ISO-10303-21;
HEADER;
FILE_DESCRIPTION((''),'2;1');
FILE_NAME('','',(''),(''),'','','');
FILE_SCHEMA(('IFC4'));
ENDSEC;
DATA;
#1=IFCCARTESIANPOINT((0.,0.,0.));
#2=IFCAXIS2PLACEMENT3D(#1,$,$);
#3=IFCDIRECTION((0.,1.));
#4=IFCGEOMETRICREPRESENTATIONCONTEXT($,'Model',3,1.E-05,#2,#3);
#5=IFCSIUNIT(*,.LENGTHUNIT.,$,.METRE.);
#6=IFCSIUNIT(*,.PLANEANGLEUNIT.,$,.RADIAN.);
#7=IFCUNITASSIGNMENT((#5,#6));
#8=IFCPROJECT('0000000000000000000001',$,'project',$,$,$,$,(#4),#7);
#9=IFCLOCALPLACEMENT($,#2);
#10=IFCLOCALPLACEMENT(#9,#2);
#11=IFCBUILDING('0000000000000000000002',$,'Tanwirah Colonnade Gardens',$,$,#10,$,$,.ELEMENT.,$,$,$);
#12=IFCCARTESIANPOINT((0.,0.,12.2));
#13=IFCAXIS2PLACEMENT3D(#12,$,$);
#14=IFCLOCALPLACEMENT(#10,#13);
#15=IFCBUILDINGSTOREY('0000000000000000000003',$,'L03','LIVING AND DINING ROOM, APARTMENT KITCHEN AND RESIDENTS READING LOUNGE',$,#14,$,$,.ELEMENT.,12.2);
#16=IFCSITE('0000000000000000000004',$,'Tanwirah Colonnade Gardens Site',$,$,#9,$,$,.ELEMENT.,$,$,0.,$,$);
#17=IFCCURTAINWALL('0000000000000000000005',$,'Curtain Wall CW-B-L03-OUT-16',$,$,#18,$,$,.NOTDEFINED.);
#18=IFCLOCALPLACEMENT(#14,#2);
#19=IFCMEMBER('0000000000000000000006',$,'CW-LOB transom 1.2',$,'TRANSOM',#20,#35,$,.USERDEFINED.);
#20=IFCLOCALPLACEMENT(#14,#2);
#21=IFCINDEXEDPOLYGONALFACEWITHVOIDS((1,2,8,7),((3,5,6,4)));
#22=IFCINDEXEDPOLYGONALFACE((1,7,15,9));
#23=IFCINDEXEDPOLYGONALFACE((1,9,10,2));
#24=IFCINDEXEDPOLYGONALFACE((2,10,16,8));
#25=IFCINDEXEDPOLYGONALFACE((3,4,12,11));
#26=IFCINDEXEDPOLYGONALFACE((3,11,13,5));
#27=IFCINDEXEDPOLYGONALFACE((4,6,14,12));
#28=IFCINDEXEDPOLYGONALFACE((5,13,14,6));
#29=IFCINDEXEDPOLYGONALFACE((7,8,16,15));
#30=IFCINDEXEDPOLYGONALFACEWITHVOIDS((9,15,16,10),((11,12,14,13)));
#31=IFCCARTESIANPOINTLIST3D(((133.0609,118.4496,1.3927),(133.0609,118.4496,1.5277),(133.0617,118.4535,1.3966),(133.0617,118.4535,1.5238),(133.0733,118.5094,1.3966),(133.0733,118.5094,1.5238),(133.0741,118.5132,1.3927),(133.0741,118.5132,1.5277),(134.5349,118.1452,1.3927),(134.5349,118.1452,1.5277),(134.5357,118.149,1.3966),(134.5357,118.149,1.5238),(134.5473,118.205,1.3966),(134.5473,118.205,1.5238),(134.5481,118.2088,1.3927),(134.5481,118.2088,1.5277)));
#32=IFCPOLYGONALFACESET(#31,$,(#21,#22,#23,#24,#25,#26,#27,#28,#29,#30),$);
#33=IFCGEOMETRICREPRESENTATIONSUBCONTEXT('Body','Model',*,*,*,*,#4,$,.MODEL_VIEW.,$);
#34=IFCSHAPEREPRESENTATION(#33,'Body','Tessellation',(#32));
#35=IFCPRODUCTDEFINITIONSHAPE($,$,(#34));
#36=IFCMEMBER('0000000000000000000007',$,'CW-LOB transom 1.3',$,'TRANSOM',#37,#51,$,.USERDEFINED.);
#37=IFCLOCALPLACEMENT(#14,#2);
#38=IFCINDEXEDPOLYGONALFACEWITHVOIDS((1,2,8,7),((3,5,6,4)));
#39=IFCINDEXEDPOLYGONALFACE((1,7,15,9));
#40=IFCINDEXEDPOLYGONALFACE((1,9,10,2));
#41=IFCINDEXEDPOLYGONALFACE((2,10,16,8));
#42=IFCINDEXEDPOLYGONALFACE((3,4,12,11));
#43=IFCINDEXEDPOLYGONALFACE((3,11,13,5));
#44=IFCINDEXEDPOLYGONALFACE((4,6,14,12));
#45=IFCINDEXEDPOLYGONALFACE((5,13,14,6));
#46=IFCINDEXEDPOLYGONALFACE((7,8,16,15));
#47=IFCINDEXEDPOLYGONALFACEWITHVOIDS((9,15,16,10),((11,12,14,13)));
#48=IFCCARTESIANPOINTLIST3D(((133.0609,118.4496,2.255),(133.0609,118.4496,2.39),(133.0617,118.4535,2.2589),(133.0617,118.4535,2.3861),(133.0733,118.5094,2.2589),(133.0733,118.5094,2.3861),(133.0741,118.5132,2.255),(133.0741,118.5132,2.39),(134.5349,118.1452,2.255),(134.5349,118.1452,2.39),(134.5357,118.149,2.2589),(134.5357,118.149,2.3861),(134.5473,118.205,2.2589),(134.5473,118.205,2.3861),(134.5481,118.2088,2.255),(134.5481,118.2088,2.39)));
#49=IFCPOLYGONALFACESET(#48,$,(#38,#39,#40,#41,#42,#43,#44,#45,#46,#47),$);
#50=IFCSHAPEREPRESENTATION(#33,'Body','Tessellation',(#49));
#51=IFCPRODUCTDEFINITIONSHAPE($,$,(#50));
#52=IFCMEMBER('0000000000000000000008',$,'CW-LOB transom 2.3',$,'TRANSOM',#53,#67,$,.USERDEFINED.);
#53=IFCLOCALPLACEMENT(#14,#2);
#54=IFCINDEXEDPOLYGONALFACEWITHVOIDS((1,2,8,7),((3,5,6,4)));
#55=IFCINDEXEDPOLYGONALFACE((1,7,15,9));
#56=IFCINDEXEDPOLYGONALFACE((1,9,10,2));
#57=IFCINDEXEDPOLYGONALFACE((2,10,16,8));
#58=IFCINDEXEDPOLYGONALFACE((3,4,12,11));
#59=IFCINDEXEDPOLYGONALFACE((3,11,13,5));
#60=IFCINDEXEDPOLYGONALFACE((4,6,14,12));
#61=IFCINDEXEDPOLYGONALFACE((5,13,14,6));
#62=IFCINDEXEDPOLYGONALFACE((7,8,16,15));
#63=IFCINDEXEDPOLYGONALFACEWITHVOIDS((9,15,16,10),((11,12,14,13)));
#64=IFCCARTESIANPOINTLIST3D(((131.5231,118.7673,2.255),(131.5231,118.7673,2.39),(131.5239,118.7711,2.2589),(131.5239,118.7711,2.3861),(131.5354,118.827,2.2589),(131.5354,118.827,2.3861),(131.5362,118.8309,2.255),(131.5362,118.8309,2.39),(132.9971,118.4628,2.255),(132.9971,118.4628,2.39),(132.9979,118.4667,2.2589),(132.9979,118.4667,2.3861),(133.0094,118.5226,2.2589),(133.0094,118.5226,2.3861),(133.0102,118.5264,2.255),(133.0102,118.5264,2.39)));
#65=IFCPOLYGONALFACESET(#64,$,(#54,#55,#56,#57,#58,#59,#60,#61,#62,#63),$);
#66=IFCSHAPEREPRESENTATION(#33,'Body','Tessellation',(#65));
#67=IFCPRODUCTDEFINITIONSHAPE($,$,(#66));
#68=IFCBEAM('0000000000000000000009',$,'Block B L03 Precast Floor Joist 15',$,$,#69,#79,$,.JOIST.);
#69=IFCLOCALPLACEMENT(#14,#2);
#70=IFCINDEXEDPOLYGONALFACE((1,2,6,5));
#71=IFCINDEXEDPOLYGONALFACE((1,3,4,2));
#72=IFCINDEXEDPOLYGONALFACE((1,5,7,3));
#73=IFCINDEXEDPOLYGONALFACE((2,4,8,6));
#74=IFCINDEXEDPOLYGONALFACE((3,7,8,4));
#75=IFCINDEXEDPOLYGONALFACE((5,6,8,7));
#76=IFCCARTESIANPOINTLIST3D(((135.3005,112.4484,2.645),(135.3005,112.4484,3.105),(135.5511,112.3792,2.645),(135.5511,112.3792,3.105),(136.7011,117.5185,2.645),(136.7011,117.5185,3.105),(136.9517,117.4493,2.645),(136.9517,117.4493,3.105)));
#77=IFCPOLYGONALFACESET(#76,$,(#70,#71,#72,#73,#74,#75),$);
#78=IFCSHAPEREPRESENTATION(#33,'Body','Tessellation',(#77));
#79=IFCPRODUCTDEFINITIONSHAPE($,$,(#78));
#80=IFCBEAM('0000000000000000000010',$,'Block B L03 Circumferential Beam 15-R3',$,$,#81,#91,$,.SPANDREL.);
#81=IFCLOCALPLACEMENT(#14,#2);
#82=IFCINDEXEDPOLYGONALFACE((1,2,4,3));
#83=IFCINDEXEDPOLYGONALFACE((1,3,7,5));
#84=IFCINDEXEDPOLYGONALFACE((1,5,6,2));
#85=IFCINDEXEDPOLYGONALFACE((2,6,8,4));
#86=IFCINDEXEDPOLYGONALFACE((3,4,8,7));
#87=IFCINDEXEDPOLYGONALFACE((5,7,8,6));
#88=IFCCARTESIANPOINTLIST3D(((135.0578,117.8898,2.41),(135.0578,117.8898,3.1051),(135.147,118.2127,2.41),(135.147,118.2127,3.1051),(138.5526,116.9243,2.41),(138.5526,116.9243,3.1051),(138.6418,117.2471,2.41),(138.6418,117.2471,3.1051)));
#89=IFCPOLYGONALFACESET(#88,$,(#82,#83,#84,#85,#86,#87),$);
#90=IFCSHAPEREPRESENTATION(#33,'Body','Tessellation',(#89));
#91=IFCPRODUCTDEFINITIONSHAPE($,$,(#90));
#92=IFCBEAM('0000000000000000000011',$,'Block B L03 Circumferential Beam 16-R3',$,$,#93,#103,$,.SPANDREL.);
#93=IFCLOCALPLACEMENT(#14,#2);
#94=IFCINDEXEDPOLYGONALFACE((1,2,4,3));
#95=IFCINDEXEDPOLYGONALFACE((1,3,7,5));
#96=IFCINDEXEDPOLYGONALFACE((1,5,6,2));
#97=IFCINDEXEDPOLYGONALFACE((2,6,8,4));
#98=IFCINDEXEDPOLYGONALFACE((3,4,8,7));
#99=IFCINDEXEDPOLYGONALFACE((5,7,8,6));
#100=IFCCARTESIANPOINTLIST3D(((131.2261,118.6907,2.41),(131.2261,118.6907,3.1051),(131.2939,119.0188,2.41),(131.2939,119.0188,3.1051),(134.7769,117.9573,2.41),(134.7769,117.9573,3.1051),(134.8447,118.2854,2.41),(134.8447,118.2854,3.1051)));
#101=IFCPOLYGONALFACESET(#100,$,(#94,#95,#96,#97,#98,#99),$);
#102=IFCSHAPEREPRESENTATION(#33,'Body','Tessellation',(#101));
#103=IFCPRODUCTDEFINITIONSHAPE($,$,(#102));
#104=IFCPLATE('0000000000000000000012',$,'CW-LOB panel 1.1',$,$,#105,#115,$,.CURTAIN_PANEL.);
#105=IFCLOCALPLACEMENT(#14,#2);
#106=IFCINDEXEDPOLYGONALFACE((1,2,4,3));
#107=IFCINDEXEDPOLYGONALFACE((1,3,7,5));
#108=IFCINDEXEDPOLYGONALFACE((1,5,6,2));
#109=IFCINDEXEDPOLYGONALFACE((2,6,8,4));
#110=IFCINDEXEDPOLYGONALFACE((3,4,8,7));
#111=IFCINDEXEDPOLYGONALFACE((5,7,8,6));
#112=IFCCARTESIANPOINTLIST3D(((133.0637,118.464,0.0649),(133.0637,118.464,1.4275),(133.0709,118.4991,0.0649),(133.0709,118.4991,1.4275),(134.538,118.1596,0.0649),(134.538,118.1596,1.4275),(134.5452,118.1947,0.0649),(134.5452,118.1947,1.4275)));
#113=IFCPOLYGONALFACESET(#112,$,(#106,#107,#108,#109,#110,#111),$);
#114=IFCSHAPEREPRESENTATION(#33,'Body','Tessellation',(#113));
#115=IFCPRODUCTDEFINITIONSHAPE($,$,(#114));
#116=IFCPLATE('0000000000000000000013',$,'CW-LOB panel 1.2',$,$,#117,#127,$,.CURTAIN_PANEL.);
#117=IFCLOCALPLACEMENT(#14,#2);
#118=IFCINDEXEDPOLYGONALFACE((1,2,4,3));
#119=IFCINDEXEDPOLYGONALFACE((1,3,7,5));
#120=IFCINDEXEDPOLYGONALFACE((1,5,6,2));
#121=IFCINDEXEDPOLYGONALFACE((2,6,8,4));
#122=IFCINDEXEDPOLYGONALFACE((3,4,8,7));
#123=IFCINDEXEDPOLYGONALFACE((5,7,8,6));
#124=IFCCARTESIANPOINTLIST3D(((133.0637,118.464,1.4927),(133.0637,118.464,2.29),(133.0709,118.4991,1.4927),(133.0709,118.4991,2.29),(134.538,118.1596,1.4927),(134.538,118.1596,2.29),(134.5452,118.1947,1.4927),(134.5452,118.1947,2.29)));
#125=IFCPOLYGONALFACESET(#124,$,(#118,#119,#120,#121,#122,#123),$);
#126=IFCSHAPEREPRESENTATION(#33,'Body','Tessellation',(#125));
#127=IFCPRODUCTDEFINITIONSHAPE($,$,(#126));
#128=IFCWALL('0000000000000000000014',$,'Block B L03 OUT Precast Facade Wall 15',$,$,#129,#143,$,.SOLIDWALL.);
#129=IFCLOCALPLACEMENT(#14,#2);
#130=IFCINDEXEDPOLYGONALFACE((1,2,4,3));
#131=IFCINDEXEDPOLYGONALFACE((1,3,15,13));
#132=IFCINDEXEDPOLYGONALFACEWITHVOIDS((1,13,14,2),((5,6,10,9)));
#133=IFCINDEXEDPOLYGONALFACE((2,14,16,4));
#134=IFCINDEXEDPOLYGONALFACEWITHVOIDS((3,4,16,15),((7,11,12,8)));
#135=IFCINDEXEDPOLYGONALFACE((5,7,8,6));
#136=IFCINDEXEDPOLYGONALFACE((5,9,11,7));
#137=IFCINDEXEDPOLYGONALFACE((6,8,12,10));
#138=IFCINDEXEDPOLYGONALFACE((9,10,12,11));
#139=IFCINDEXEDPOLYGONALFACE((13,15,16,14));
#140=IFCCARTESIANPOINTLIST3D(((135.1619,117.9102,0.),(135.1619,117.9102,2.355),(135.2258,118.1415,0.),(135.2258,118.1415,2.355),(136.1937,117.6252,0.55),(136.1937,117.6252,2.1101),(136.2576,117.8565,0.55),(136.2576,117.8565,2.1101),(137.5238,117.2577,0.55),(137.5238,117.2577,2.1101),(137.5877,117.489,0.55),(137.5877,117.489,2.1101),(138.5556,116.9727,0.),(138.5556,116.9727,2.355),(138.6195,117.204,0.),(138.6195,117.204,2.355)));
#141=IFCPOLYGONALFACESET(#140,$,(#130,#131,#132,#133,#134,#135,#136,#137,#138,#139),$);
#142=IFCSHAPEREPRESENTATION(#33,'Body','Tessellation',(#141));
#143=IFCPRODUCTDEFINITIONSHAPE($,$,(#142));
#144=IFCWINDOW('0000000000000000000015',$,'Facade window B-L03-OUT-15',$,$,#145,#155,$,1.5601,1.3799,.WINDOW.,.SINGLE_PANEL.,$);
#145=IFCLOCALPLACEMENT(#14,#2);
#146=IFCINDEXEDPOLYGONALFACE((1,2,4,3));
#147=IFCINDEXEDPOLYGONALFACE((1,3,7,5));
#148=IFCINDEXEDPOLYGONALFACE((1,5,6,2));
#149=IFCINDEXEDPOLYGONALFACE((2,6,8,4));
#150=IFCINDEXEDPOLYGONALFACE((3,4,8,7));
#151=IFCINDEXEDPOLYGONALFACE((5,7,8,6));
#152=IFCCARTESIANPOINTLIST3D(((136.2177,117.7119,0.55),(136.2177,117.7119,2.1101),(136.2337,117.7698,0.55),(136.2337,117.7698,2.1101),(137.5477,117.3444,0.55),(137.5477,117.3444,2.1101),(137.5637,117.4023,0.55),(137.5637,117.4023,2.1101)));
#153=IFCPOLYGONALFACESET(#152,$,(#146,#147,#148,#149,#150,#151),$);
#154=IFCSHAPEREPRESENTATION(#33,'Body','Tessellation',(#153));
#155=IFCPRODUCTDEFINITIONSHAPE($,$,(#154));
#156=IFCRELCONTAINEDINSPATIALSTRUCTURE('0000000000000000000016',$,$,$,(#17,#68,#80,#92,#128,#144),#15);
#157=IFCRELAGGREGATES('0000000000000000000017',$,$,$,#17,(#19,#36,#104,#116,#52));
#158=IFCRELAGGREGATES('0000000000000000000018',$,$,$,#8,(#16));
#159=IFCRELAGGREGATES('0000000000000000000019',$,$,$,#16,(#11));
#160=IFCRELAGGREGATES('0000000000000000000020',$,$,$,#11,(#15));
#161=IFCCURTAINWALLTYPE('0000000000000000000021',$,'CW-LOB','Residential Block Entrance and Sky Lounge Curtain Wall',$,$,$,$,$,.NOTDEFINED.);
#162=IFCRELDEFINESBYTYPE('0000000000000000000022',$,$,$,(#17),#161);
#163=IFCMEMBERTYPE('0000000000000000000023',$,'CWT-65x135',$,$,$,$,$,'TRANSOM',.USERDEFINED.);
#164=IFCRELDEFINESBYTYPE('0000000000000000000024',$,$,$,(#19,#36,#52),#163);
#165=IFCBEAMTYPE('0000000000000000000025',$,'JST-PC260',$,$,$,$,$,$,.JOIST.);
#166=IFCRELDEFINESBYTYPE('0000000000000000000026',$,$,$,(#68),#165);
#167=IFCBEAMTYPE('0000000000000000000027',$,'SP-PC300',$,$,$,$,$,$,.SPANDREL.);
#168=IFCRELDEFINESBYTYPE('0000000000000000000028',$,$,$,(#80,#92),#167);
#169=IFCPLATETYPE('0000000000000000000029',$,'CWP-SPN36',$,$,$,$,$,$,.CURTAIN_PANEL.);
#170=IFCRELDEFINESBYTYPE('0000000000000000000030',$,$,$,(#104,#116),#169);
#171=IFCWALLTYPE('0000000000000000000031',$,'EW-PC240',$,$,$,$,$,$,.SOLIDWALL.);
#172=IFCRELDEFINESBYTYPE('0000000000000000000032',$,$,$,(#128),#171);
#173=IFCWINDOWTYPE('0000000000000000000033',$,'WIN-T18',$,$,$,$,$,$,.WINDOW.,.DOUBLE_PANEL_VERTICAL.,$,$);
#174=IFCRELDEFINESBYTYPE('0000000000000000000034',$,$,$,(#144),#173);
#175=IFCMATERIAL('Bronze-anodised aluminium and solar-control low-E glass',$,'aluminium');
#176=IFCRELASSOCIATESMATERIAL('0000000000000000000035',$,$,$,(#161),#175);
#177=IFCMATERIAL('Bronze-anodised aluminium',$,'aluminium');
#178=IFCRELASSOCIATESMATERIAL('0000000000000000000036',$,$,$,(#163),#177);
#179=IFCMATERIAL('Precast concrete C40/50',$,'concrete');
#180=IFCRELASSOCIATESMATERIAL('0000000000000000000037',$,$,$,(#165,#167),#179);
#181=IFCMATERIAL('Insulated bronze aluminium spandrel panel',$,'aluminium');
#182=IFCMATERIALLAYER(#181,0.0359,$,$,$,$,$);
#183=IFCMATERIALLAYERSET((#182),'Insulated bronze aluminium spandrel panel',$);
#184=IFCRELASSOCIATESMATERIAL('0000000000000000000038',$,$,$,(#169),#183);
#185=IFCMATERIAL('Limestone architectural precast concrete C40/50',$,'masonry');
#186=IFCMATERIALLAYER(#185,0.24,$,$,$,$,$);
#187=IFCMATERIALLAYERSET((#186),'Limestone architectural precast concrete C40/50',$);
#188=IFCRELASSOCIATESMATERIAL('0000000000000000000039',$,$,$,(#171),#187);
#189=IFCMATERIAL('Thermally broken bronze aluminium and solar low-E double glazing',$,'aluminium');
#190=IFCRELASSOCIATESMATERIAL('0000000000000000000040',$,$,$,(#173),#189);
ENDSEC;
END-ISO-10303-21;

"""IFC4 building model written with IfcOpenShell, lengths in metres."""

from ifc_helpers import new_model, si_unit, direction, frame, frame_2d, origin, origin_2d, place, context, subcontext, project, spatial, rectangle, hollow_rectangle, extrude, material, layer, layer_set, material_profile, profile_set, type_object, element, fill, aggregate, save


model = new_model("IFC4")

# Units and contexts
model_context = context("Model", 3, precision=1e-05, world=origin(), true_north=direction((0.0, 1.0)))
body_context = subcontext(model_context, "Body", "Model", "MODEL_VIEW")
ifc_project = project(units=[si_unit("LENGTHUNIT", "METRE"), si_unit("PLANEANGLEUNIT", "RADIAN")], contexts=[model_context])

# Site, building, storey
site_placement = place(None, origin())
site = spatial("IfcSite", under=ifc_project, at=site_placement, Name="Tanwirah Colonnade Gardens Site", CompositionType="ELEMENT", RefElevation=0.0)
building_placement = place(site_placement, origin())
building = spatial("IfcBuilding", under=site, at=building_placement, Name="Tanwirah Colonnade Gardens", CompositionType="ELEMENT")
storey_placement = place(building_placement, frame((0.0, 0.0, 12.2)))
storey = spatial("IfcBuildingStorey", under=building, at=storey_placement, Name="L03", Description="LIVING AND DINING ROOM, APARTMENT KITCHEN AND RESIDENTS READING LOUNGE", CompositionType="ELEMENT", Elevation=12.2)

# Shared definitions
ifc_material_1 = material(Name="Precast concrete C40/50", Category="concrete")

# Shared definitions
ifc_material_2 = material(Name="Bronze-anodised aluminium and solar-control low-E glass", Category="aluminium")
curtain_wall_type = type_object("IfcCurtainWallType", Name="CW-LOB", Description="Residential Block Entrance and Sky Lounge Curtain Wall", PredefinedType="NOTDEFINED", material=ifc_material_2)
ifc_material_3 = material(Name="Bronze-anodised aluminium", Category="aluminium")

# Curtain wall, members
curtain_wall_1_placement = place(storey_placement, origin())
curtain_wall_1 = element("IfcCurtainWall", 1, at=curtain_wall_1_placement, inside=storey, type_object=curtain_wall_type, Name="Curtain Wall CW-B-L03-OUT-16", PredefinedType="NOTDEFINED")
ifc_material_profile_1 = material_profile(ifc_material_3, hollow_rectangle(XDim=0.0649, YDim=0.135, WallThickness=0.0039, at=origin_2d()), Name="CW-TRN 65x135x4")
ifc_profile_set_1 = profile_set([ifc_material_profile_1], Name="Bronze-anodised aluminium")
member_type_1 = type_object("IfcMemberType", Name="CWT-65x135", ElementType="TRANSOM", PredefinedType="USERDEFINED", material=ifc_profile_set_1)
member_1_placement = place(storey_placement, frame((134.5415, 118.177, 1.4602), z_axis=(-0.979332, 0.202257, 0.0), x_axis=(-0.202257, -0.979332, 0.0)))
member_1 = element("IfcMember", 2, at=member_1_placement, type_object=member_type_1, Name="CW-LOB transom 1.2", ObjectType="TRANSOM", PredefinedType="USERDEFINED", context=body_context, shape_type="SweptSolid", body=[
    extrude(hollow_rectangle(XDim=0.0649, YDim=0.135, WallThickness=0.0039, at=origin_2d()), origin(), (0.0, 0.0, 1.0), 1.5051),
])
member_2_placement = place(storey_placement, frame((134.5415, 118.177, 2.3225), z_axis=(-0.979332, 0.202257, 0.0), x_axis=(-0.202257, -0.979332, 0.0)))
member_2 = element("IfcMember", 3, at=member_2_placement, type_object=member_type_1, Name="CW-LOB transom 1.3", ObjectType="TRANSOM", PredefinedType="USERDEFINED", context=body_context, shape_type="SweptSolid", body=[
    extrude(hollow_rectangle(XDim=0.0649, YDim=0.135, WallThickness=0.0039, at=origin_2d()), origin(), (0.0, 0.0, 1.0), 1.5051),
])
member_3_placement = place(storey_placement, frame((133.0037, 118.4946, 2.3225), z_axis=(-0.979332, 0.202257, 0.0), x_axis=(-0.202257, -0.979332, 0.0)))
member_3 = element("IfcMember", 4, at=member_3_placement, type_object=member_type_1, Name="CW-LOB transom 2.3", ObjectType="TRANSOM", PredefinedType="USERDEFINED", context=body_context, shape_type="SweptSolid", body=[
    extrude(hollow_rectangle(XDim=0.0649, YDim=0.135, WallThickness=0.0039, at=origin_2d()), origin(), (0.0, 0.0, 1.0), 1.5051),
])

# Beams
ifc_material_profile_2 = material_profile(ifc_material_1, rectangle(XDim=0.26, YDim=0.46, at=origin_2d()), Name="PC-JST 260x460")
ifc_profile_set_2 = profile_set([ifc_material_profile_2], Name="Precast concrete C40/50")
beam_type_1 = type_object("IfcBeamType", Name="JST-PC260", PredefinedType="JOIST", material=ifc_profile_set_2)
beam_1_placement = place(storey_placement, frame((135.4258, 112.4138, 2.875), z_axis=(0.266281, 0.963895, 0.0), x_axis=(-0.963895, 0.266281, 0.0)))
element("IfcBeam", 5, at=beam_1_placement, inside=storey, type_object=beam_type_1, Name="Block B L03 Precast Floor Joist 15", PredefinedType="JOIST", context=body_context, shape_type="SweptSolid", body=[
    extrude(rectangle(XDim=0.26, YDim=0.46, at=origin_2d()), origin(), (0.0, 0.0, 1.0), 5.26),
])
ifc_material_profile_3 = material_profile(ifc_material_1, rectangle(XDim=0.335, YDim=0.6951, at=origin_2d()), Name="PC-SP 335x695")
ifc_profile_set_3 = profile_set([ifc_material_profile_3], Name="Precast concrete C40/50")
beam_type_2 = type_object("IfcBeamType", Name="SP-PC300", PredefinedType="SPANDREL", material=ifc_profile_set_3)
for number, where, z_axis, x_axis, name in (
    (6, (138.5972, 117.0857, 2.7576), (-0.963888, 0.266307, 0.0), (-0.266307, -0.963888, 0.0), "Block B L03 Circumferential Beam 15-R3"),
    (7, (134.8108, 118.1213, 2.7576), (-0.979329, 0.202276, 0.0), (-0.202276, -0.979329, 0.0), "Block B L03 Circumferential Beam 16-R3"),
):
    element("IfcBeam", number, at=place(storey_placement, frame(where, z_axis=z_axis, x_axis=x_axis)), inside=storey, type_object=beam_type_2, Name=name, PredefinedType="SPANDREL", context=body_context, shape_type="SweptSolid", body=[
        extrude(rectangle(XDim=0.335, YDim=0.6951, at=origin_2d()), origin(), (0.0, 0.0, 1.0), 3.6257),
    ])

# Plates
ifc_material_4 = material(Name="Insulated bronze aluminium spandrel panel", Category="aluminium")
ifc_layer_1 = layer(ifc_material_4, 0.0359)
ifc_layer_set_1 = layer_set([ifc_layer_1], Name="Insulated bronze aluminium spandrel panel")
plate_type = type_object("IfcPlateType", Name="CWP-SPN36", PredefinedType="CURTAIN_PANEL", material=ifc_layer_set_1)
plate_1_placement = place(storey_placement, frame((133.8044, 118.3293, 0.0649), z_axis=(0.0, 0.0, 1.0), x_axis=(-0.979341, 0.202218, 0.0)))
plate_1 = element("IfcPlate", 8, at=plate_1_placement, type_object=plate_type, Name="CW-LOB panel 1.1", PredefinedType="CURTAIN_PANEL", context=body_context, shape_type="SweptSolid", body=[
    extrude(rectangle(XDim=1.5054, YDim=0.0359, at=origin_2d()), origin(), (0.0, 0.0, 1.0), 1.3625),
])
plate_2_placement = place(storey_placement, frame((133.8044, 118.3293, 1.4927), z_axis=(0.0, 0.0, 1.0), x_axis=(-0.979341, 0.202218, 0.0)))
plate_2 = element("IfcPlate", 9, at=plate_2_placement, type_object=plate_type, Name="CW-LOB panel 1.2", PredefinedType="CURTAIN_PANEL", context=body_context, shape_type="SweptSolid", body=[
    extrude(rectangle(XDim=1.5054, YDim=0.0359, at=origin_2d()), origin(), (0.0, 0.0, 1.0), 0.7974),
])
aggregate(curtain_wall_1, [member_1, member_2, plate_1, plate_2, member_3])

# Wall, opening, window
ifc_material_5 = material(Name="Limestone architectural precast concrete C40/50", Category="masonry")
ifc_layer_2 = layer(ifc_material_5, 0.24)
ifc_layer_set_2 = layer_set([ifc_layer_2], Name="Limestone architectural precast concrete C40/50")
wall_type_1 = type_object("IfcWallType", Name="EW-PC240", PredefinedType="SOLIDWALL", material=ifc_layer_set_2)
wall_1_placement = place(storey_placement, frame((138.5874, 117.0884, 0.0), z_axis=(0.0, 0.0, 1.0), x_axis=(-0.963894, 0.266285, 0.0)))
wall_1 = element("IfcWall", 10, at=wall_1_placement, inside=storey, type_object=wall_type_1, Name="Block B L03 OUT Precast Facade Wall 15", PredefinedType="SOLIDWALL", context=body_context, shape_type="SweptSolid", body=[
    extrude(rectangle(XDim=3.5208, YDim=0.24, at=frame_2d((1.7603, 0.0))), origin(), (0.0, 0.0, 1.0), 2.355),
])
opening_1_placement = place(wall_1_placement, frame((1.0703, 0.0, 0.55)))
opening_1 = element("IfcOpeningElement", 11, at=opening_1_placement, cuts=wall_1, PredefinedType="OPENING", context=body_context, shape_type="SweptSolid", body=[
    extrude(rectangle(XDim=1.3799, YDim=1.5601, at=frame_2d((0.6899, 0.78))), frame((0.0, 0.1299, 0.0), z_axis=(0.0, -1.0, 0.0), x_axis=(1.0, 0.0, 0.0)), (0.0, 0.0, 1.0), 0.26),
])
ifc_material_6 = material(Name="Thermally broken bronze aluminium and solar low-E double glazing", Category="aluminium")
window_type = type_object("IfcWindowType", Name="WIN-T18", PartitioningType="DOUBLE_PANEL_VERTICAL", PredefinedType="WINDOW", material=ifc_material_6)
window_placement = place(opening_1_placement, origin())
window = element("IfcWindow", 12, at=window_placement, inside=storey, type_object=window_type, Name="Facade window B-L03-OUT-15", OverallHeight=1.5601, OverallWidth=1.3799, PartitioningType="SINGLE_PANEL", PredefinedType="WINDOW", context=body_context, shape_type="SweptSolid", body=[
    extrude(rectangle(XDim=1.3799, YDim=1.5601, at=frame_2d((0.6899, 0.78))), frame((0.0, 0.03, 0.0), z_axis=(0.0, -1.0, 0.0), x_axis=(1.0, 0.0, 0.0)), (0.0, 0.0, 1.0), 0.0601),
])
fill(opening_1, window)

save(model, "model.ifc")
